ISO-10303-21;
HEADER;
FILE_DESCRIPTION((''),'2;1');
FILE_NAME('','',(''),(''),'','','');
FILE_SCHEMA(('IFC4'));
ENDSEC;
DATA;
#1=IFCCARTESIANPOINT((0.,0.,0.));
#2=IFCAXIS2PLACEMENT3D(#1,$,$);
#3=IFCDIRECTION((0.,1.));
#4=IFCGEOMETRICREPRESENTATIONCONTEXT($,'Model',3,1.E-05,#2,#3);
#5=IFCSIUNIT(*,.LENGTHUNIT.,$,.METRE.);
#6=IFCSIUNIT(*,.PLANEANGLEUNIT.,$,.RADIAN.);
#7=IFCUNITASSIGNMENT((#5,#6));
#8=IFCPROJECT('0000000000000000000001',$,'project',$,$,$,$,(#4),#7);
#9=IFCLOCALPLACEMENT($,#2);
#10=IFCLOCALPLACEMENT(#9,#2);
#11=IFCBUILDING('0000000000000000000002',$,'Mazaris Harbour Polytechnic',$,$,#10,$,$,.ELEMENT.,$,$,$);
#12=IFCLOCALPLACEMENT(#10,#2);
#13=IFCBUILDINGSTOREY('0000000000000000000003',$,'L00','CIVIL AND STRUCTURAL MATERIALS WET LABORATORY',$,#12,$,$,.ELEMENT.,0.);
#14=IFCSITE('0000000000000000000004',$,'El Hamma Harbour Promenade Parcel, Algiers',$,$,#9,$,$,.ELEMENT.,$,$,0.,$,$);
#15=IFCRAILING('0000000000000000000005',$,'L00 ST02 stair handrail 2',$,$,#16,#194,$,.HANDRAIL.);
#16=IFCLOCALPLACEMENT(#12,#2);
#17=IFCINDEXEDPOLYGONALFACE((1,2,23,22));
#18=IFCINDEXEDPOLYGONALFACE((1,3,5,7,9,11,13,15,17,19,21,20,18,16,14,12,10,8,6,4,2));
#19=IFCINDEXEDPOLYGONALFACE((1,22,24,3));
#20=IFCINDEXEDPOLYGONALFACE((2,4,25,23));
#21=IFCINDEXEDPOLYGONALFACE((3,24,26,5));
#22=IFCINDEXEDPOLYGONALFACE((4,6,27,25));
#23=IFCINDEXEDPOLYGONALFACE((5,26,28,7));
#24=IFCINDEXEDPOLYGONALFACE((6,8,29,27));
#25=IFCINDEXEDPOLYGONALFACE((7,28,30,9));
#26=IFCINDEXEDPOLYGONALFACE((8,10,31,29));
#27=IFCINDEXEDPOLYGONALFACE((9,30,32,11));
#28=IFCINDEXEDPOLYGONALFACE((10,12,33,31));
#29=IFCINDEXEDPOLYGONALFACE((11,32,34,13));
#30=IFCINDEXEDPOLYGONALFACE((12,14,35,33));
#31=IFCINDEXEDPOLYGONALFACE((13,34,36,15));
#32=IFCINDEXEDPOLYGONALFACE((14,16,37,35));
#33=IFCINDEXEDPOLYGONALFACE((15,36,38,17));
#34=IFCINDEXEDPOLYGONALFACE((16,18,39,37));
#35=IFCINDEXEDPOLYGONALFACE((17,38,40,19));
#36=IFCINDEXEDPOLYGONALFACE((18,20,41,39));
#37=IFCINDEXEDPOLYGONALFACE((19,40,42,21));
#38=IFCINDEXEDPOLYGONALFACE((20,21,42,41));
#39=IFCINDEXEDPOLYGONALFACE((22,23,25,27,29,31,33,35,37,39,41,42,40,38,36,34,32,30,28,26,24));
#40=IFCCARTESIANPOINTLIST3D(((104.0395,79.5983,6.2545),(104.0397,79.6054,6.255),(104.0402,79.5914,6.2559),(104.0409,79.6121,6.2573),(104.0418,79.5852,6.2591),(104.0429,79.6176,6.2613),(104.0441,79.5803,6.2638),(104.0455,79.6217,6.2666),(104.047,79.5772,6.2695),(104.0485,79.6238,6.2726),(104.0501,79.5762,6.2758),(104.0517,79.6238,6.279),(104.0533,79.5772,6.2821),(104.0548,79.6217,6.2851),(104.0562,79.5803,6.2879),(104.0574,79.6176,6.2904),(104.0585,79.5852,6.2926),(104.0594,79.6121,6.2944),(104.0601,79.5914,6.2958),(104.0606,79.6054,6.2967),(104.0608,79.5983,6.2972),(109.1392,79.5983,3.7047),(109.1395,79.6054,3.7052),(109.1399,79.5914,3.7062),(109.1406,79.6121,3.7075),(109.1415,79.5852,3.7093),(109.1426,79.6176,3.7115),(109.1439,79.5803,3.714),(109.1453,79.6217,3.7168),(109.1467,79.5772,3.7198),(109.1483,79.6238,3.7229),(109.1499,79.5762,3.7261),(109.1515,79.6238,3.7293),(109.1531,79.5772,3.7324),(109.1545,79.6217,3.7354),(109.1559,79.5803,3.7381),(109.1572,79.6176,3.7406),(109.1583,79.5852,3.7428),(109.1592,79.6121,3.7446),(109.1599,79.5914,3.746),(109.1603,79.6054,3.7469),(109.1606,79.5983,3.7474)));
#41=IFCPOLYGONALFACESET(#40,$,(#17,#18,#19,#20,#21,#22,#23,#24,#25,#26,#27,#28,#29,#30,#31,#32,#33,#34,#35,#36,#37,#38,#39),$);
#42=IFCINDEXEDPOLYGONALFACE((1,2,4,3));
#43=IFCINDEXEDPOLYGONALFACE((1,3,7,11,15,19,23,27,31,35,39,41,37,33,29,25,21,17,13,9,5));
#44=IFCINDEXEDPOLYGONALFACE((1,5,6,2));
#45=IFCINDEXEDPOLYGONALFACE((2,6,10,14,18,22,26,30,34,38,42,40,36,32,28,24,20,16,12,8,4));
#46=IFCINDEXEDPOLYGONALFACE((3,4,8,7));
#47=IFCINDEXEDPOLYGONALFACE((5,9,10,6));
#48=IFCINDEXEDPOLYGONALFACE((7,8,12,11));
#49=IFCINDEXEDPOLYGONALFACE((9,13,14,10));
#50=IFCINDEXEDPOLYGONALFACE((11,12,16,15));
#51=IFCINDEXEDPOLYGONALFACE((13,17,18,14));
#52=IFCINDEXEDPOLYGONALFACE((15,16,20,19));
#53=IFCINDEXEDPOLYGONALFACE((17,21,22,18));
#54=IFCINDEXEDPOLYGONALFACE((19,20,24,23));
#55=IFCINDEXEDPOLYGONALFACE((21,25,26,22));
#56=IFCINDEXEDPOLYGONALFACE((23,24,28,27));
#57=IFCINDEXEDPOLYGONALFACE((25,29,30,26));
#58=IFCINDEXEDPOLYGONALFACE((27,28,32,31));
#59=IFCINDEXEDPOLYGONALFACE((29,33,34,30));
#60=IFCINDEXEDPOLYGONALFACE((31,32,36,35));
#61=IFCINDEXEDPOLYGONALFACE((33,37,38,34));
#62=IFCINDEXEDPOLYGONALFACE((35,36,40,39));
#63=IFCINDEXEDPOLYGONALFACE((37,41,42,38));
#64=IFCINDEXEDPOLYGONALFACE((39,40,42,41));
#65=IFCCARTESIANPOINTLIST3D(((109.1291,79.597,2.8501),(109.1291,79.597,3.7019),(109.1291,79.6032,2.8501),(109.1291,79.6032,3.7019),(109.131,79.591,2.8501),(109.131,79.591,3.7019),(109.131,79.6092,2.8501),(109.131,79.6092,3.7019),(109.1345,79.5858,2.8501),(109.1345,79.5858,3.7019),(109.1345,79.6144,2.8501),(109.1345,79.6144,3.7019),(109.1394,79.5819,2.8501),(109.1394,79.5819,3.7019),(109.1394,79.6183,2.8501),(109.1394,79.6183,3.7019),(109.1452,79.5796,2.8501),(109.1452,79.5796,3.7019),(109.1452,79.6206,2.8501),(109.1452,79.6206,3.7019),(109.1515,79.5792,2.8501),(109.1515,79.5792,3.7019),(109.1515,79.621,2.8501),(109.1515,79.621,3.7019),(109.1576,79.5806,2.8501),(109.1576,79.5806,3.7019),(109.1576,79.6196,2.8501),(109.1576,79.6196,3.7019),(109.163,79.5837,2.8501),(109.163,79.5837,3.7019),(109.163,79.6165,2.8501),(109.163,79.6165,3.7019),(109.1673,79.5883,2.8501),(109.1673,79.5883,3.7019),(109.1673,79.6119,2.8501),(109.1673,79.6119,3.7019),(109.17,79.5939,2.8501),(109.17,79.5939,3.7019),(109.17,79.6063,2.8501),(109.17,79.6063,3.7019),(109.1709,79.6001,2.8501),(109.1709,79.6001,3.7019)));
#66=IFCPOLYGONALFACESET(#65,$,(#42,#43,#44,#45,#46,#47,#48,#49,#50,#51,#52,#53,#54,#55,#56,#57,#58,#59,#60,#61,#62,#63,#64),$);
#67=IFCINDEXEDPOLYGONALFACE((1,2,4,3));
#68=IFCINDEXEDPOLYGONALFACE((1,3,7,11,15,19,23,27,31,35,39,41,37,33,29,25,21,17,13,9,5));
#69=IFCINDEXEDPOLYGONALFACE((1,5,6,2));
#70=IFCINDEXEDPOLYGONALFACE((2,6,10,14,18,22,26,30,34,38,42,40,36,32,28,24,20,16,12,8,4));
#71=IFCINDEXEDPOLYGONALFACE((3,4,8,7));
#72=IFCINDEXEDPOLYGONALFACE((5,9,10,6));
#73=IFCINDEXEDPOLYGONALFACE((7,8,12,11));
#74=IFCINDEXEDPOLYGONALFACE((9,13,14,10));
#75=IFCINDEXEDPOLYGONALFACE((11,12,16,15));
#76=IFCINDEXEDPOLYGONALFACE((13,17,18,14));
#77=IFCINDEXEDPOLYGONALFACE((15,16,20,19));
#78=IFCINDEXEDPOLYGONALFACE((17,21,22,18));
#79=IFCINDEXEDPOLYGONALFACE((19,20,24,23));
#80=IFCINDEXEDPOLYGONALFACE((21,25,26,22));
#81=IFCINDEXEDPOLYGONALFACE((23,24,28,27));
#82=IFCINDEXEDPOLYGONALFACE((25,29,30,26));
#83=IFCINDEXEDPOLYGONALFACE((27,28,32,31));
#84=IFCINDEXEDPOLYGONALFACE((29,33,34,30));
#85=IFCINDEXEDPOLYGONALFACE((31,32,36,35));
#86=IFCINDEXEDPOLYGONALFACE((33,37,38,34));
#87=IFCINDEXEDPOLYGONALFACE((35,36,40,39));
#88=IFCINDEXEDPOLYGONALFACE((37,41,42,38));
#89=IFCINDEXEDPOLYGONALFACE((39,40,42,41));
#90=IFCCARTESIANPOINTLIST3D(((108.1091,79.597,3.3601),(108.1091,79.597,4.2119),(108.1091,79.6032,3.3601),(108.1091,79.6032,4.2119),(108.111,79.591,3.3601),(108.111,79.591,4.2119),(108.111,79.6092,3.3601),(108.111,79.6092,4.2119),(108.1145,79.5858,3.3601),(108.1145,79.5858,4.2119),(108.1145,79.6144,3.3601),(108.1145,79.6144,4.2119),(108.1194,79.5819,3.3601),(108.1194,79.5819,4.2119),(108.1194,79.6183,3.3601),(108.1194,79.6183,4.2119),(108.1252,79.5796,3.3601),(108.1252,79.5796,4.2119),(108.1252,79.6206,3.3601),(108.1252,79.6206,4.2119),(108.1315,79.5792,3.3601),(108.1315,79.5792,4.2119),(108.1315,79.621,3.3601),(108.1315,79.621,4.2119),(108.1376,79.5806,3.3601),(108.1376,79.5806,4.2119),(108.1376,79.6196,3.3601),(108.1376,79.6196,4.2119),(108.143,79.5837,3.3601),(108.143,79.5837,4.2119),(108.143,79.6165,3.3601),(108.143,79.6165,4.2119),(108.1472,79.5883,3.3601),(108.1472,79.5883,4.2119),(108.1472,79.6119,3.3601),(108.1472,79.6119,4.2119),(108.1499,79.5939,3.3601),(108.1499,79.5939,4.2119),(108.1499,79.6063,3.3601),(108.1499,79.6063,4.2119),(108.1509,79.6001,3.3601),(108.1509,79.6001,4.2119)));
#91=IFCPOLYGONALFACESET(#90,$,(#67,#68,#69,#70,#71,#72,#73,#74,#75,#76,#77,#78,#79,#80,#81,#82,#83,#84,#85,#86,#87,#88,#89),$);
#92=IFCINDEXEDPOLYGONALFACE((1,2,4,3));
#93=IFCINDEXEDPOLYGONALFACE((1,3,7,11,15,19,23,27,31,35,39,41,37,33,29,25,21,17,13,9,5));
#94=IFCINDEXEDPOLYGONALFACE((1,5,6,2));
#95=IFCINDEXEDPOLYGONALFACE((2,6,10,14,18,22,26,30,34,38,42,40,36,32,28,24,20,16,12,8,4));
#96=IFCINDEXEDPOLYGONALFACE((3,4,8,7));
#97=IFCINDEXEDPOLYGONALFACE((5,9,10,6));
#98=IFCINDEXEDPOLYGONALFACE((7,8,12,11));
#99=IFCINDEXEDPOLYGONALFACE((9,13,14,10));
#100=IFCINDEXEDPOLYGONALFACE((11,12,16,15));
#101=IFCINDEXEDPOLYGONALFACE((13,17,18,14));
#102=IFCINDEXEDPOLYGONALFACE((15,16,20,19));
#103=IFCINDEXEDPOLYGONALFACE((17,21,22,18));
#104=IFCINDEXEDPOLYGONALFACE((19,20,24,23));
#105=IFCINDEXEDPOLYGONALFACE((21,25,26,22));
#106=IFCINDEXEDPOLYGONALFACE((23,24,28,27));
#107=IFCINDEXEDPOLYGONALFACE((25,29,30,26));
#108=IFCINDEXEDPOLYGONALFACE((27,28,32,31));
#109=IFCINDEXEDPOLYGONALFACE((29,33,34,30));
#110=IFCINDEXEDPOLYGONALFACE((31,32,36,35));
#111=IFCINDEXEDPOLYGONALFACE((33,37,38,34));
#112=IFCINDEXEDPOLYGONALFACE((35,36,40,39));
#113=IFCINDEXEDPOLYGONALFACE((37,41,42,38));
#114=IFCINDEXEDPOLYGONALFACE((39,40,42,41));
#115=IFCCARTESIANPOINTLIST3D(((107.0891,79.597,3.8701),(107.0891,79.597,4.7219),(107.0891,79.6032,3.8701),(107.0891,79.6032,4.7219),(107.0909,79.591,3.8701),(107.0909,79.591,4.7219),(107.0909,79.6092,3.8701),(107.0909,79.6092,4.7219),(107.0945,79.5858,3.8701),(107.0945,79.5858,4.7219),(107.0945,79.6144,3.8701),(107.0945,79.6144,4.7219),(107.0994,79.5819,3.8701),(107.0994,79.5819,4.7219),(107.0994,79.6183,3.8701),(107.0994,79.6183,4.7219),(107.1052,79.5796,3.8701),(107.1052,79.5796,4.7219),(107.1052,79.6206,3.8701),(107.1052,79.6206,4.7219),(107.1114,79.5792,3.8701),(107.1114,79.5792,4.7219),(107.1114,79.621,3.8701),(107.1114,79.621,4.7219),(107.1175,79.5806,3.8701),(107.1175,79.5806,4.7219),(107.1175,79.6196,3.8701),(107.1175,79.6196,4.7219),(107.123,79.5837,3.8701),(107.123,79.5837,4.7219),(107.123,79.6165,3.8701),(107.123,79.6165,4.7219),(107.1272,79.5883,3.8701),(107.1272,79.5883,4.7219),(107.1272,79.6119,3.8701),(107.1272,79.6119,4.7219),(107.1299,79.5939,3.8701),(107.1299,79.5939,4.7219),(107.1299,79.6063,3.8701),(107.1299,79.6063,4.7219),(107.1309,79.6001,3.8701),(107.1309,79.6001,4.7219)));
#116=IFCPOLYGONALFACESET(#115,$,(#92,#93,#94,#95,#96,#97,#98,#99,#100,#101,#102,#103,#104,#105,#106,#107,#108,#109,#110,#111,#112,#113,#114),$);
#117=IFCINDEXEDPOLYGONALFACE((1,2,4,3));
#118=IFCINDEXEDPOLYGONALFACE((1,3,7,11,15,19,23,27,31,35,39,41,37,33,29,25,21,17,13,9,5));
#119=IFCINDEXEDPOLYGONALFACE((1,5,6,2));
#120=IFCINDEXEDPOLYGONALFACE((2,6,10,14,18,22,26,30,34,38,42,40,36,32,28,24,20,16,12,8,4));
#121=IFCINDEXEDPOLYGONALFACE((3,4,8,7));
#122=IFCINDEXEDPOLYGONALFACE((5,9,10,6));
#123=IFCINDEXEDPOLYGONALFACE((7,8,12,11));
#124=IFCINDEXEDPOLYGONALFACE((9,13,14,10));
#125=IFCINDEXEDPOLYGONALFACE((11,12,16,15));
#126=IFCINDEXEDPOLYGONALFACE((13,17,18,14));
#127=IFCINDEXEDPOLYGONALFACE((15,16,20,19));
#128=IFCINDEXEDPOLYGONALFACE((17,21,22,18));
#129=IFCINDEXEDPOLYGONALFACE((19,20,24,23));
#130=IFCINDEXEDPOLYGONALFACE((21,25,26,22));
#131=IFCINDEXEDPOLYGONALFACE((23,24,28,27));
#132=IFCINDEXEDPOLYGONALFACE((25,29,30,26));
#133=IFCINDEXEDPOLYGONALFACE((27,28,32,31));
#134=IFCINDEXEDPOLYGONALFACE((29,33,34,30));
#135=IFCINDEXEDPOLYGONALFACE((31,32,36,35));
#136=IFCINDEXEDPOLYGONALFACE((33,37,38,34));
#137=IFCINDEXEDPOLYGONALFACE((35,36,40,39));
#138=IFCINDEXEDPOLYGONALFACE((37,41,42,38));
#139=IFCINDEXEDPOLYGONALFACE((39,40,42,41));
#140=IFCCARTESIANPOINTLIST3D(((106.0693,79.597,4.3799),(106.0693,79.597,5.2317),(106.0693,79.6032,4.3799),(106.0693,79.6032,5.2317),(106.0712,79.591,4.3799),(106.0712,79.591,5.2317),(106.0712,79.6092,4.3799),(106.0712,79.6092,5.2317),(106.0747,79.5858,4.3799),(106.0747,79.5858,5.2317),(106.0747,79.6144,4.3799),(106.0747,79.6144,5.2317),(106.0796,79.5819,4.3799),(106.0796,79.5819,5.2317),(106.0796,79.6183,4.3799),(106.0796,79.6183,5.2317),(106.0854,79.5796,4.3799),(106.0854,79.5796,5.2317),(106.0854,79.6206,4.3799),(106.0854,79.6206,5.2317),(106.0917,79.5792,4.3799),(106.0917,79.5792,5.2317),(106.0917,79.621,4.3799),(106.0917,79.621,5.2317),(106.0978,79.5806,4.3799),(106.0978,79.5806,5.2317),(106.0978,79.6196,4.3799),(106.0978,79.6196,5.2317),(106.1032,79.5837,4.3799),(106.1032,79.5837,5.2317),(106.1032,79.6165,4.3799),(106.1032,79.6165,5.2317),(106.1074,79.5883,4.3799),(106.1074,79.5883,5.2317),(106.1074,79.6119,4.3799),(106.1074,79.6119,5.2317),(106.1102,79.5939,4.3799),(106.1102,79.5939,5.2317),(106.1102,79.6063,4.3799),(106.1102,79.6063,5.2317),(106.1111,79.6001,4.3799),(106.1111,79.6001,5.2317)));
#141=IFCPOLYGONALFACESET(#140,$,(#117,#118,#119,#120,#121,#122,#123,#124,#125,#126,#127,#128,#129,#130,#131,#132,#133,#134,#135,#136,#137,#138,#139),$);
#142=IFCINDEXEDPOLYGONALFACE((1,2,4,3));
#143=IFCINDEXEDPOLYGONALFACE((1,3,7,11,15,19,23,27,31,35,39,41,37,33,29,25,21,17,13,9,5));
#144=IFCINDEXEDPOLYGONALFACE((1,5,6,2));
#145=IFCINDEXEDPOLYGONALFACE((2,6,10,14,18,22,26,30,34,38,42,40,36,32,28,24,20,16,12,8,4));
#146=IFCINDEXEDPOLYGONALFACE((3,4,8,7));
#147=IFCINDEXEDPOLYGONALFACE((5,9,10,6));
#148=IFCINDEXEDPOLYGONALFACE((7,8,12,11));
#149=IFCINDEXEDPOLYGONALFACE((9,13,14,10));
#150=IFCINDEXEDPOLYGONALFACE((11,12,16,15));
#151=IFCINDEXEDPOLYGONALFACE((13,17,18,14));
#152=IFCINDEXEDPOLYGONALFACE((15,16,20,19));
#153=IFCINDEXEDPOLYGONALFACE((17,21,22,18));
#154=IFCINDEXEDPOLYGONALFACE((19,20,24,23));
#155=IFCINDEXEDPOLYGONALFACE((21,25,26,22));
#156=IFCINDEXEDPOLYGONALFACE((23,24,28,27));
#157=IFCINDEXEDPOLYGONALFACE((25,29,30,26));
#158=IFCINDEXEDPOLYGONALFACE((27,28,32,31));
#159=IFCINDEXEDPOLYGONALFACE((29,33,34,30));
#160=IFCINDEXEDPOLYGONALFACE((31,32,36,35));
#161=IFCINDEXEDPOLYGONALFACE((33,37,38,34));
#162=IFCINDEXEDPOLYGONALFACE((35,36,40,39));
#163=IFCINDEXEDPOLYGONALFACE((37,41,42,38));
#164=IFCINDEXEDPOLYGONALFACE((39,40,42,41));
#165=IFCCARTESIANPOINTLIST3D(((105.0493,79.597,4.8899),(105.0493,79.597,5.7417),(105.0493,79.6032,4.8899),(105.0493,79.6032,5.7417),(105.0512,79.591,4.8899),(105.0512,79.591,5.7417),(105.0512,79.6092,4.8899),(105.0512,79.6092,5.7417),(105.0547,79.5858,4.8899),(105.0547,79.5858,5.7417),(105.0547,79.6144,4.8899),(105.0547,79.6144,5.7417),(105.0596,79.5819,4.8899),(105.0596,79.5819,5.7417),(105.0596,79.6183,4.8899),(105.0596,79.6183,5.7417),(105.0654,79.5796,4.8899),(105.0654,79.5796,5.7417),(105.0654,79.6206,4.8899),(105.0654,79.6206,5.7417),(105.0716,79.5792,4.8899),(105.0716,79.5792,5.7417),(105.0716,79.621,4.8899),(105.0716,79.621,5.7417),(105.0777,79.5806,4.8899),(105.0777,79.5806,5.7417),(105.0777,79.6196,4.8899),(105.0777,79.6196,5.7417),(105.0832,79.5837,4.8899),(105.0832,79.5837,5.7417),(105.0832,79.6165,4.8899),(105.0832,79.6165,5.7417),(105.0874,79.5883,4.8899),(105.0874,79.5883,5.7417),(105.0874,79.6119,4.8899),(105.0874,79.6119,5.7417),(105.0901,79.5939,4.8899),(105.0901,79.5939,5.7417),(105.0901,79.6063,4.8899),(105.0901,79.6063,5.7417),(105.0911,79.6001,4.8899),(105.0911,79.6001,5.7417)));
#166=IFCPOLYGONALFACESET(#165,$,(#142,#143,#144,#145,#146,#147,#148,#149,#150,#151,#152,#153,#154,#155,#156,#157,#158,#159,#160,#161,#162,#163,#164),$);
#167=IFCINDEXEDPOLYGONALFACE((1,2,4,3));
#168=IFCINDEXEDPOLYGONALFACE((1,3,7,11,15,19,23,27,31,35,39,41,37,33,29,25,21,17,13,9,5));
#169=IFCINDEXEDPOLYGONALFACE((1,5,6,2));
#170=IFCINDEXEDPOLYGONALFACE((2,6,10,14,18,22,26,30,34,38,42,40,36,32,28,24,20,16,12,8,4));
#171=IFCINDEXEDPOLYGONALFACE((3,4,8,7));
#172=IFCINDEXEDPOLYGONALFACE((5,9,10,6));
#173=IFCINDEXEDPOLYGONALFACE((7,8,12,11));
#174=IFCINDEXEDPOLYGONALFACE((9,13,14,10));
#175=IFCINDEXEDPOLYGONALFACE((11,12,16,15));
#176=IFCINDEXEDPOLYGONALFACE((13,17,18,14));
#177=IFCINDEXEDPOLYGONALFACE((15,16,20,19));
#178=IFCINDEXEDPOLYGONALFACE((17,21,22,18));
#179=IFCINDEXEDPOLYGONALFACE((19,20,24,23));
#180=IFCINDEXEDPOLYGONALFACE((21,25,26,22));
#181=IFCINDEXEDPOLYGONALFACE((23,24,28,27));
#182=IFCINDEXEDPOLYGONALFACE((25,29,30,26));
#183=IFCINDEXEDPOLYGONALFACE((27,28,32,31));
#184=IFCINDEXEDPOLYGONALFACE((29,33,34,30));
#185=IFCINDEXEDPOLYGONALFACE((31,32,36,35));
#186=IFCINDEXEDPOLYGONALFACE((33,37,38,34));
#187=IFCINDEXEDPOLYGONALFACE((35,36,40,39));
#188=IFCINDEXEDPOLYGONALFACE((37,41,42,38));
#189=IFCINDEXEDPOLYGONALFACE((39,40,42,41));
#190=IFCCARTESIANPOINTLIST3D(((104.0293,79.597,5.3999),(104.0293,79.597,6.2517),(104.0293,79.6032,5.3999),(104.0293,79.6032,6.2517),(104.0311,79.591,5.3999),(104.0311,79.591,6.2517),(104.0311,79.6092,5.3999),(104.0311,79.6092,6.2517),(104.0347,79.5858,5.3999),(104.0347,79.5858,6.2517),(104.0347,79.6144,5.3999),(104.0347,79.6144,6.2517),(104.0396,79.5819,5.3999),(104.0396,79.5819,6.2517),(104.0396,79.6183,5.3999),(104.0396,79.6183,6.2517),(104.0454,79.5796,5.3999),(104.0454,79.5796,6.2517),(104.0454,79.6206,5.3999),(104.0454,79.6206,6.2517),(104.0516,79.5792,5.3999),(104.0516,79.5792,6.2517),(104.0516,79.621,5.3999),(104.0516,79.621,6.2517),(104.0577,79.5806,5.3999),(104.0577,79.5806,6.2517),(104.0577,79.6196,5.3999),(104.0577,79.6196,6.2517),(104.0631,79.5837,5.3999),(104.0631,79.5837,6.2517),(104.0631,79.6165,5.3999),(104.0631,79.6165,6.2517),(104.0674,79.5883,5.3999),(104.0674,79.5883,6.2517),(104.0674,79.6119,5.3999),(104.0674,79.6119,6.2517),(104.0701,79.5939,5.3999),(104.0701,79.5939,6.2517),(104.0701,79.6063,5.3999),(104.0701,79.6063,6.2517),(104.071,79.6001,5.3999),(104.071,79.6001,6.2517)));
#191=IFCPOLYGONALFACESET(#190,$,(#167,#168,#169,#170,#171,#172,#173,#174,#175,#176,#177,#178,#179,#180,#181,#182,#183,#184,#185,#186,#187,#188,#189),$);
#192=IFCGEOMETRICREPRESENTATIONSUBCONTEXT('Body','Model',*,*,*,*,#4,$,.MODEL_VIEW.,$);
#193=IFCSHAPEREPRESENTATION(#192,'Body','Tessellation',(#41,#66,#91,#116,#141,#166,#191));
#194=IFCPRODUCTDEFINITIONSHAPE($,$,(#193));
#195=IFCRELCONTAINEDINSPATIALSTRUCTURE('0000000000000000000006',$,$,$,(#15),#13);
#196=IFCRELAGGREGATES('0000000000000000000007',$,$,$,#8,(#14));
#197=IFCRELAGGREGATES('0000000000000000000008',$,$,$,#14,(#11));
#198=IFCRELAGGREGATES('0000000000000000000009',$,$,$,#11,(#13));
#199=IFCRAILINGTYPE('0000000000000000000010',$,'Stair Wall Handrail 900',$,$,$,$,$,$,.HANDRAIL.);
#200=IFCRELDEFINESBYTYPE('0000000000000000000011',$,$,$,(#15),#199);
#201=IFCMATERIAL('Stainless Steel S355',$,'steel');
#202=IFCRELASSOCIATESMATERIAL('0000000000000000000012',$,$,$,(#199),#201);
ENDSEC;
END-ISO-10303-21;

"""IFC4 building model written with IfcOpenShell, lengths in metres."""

from ifc_helpers import new_model, si_unit, direction, frame, origin, origin_2d, place, context, subcontext, project, spatial, circle, extrude, material, type_object, element, save


model = new_model("IFC4")

# Units and contexts
model_context = context("Model", 3, precision=1e-05, world=origin(), true_north=direction((0.0, 1.0)))
body_context = subcontext(model_context, "Body", "Model", "MODEL_VIEW")
ifc_project = project(units=[si_unit("LENGTHUNIT", "METRE"), si_unit("PLANEANGLEUNIT", "RADIAN")], contexts=[model_context])

# Site, building, storey
site_placement = place(None, origin())
site = spatial("IfcSite", under=ifc_project, at=site_placement, Name="El Hamma Harbour Promenade Parcel, Algiers", CompositionType="ELEMENT", RefElevation=0.0)
building_placement = place(site_placement, origin())
building = spatial("IfcBuilding", under=site, at=building_placement, Name="Mazaris Harbour Polytechnic", CompositionType="ELEMENT")
storey_placement = place(building_placement, origin())
storey = spatial("IfcBuildingStorey", under=building, at=storey_placement, Name="L00", Description="CIVIL AND STRUCTURAL MATERIALS WET LABORATORY", CompositionType="ELEMENT", Elevation=0.0)

# Railing
ifc_material_1 = material(Name="Stainless Steel S355", Category="steel")
railing_type_1 = type_object("IfcRailingType", Name="Stair Wall Handrail 900", PredefinedType="HANDRAIL", material=ifc_material_1)
railing_1_placement = place(storey_placement, frame((109.1499, 79.6001, 2.8501)))
element("IfcRailing", 1, at=railing_1_placement, inside=storey, type_object=railing_type_1, Name="L00 ST02 stair handrail 2", PredefinedType="HANDRAIL", context=body_context, shape_type="SweptSolid", body=[
    extrude(circle(Radius=0.0239, at=origin_2d()), frame((0.0, 0.0, 0.876), z_axis=(-0.894436, 0.0, 0.447196), x_axis=(0.0, -1.0, 0.0)), (0.0, 0.0, 1.0), 5.7017),
    extrude(circle(Radius=0.021, at=origin_2d()), origin(), (0.0, 0.0, 1.0), 0.8518),
    extrude(circle(Radius=0.021, at=origin_2d()), frame((-1.02, 0.0, 0.51)), (0.0, 0.0, 1.0), 0.8518),
    extrude(circle(Radius=0.021, at=origin_2d()), frame((-2.04, 0.0, 1.02)), (0.0, 0.0, 1.0), 0.8518),
    extrude(circle(Radius=0.021, at=origin_2d()), frame((-3.0598, 0.0, 1.5298)), (0.0, 0.0, 1.0), 0.8518),
    extrude(circle(Radius=0.021, at=origin_2d()), frame((-4.0798, 0.0, 2.0398)), (0.0, 0.0, 1.0), 0.8518),
    extrude(circle(Radius=0.021, at=origin_2d()), frame((-5.0999, 0.0, 2.5498)), (0.0, 0.0, 1.0), 0.8518),
])

save(model, "model.ifc")
